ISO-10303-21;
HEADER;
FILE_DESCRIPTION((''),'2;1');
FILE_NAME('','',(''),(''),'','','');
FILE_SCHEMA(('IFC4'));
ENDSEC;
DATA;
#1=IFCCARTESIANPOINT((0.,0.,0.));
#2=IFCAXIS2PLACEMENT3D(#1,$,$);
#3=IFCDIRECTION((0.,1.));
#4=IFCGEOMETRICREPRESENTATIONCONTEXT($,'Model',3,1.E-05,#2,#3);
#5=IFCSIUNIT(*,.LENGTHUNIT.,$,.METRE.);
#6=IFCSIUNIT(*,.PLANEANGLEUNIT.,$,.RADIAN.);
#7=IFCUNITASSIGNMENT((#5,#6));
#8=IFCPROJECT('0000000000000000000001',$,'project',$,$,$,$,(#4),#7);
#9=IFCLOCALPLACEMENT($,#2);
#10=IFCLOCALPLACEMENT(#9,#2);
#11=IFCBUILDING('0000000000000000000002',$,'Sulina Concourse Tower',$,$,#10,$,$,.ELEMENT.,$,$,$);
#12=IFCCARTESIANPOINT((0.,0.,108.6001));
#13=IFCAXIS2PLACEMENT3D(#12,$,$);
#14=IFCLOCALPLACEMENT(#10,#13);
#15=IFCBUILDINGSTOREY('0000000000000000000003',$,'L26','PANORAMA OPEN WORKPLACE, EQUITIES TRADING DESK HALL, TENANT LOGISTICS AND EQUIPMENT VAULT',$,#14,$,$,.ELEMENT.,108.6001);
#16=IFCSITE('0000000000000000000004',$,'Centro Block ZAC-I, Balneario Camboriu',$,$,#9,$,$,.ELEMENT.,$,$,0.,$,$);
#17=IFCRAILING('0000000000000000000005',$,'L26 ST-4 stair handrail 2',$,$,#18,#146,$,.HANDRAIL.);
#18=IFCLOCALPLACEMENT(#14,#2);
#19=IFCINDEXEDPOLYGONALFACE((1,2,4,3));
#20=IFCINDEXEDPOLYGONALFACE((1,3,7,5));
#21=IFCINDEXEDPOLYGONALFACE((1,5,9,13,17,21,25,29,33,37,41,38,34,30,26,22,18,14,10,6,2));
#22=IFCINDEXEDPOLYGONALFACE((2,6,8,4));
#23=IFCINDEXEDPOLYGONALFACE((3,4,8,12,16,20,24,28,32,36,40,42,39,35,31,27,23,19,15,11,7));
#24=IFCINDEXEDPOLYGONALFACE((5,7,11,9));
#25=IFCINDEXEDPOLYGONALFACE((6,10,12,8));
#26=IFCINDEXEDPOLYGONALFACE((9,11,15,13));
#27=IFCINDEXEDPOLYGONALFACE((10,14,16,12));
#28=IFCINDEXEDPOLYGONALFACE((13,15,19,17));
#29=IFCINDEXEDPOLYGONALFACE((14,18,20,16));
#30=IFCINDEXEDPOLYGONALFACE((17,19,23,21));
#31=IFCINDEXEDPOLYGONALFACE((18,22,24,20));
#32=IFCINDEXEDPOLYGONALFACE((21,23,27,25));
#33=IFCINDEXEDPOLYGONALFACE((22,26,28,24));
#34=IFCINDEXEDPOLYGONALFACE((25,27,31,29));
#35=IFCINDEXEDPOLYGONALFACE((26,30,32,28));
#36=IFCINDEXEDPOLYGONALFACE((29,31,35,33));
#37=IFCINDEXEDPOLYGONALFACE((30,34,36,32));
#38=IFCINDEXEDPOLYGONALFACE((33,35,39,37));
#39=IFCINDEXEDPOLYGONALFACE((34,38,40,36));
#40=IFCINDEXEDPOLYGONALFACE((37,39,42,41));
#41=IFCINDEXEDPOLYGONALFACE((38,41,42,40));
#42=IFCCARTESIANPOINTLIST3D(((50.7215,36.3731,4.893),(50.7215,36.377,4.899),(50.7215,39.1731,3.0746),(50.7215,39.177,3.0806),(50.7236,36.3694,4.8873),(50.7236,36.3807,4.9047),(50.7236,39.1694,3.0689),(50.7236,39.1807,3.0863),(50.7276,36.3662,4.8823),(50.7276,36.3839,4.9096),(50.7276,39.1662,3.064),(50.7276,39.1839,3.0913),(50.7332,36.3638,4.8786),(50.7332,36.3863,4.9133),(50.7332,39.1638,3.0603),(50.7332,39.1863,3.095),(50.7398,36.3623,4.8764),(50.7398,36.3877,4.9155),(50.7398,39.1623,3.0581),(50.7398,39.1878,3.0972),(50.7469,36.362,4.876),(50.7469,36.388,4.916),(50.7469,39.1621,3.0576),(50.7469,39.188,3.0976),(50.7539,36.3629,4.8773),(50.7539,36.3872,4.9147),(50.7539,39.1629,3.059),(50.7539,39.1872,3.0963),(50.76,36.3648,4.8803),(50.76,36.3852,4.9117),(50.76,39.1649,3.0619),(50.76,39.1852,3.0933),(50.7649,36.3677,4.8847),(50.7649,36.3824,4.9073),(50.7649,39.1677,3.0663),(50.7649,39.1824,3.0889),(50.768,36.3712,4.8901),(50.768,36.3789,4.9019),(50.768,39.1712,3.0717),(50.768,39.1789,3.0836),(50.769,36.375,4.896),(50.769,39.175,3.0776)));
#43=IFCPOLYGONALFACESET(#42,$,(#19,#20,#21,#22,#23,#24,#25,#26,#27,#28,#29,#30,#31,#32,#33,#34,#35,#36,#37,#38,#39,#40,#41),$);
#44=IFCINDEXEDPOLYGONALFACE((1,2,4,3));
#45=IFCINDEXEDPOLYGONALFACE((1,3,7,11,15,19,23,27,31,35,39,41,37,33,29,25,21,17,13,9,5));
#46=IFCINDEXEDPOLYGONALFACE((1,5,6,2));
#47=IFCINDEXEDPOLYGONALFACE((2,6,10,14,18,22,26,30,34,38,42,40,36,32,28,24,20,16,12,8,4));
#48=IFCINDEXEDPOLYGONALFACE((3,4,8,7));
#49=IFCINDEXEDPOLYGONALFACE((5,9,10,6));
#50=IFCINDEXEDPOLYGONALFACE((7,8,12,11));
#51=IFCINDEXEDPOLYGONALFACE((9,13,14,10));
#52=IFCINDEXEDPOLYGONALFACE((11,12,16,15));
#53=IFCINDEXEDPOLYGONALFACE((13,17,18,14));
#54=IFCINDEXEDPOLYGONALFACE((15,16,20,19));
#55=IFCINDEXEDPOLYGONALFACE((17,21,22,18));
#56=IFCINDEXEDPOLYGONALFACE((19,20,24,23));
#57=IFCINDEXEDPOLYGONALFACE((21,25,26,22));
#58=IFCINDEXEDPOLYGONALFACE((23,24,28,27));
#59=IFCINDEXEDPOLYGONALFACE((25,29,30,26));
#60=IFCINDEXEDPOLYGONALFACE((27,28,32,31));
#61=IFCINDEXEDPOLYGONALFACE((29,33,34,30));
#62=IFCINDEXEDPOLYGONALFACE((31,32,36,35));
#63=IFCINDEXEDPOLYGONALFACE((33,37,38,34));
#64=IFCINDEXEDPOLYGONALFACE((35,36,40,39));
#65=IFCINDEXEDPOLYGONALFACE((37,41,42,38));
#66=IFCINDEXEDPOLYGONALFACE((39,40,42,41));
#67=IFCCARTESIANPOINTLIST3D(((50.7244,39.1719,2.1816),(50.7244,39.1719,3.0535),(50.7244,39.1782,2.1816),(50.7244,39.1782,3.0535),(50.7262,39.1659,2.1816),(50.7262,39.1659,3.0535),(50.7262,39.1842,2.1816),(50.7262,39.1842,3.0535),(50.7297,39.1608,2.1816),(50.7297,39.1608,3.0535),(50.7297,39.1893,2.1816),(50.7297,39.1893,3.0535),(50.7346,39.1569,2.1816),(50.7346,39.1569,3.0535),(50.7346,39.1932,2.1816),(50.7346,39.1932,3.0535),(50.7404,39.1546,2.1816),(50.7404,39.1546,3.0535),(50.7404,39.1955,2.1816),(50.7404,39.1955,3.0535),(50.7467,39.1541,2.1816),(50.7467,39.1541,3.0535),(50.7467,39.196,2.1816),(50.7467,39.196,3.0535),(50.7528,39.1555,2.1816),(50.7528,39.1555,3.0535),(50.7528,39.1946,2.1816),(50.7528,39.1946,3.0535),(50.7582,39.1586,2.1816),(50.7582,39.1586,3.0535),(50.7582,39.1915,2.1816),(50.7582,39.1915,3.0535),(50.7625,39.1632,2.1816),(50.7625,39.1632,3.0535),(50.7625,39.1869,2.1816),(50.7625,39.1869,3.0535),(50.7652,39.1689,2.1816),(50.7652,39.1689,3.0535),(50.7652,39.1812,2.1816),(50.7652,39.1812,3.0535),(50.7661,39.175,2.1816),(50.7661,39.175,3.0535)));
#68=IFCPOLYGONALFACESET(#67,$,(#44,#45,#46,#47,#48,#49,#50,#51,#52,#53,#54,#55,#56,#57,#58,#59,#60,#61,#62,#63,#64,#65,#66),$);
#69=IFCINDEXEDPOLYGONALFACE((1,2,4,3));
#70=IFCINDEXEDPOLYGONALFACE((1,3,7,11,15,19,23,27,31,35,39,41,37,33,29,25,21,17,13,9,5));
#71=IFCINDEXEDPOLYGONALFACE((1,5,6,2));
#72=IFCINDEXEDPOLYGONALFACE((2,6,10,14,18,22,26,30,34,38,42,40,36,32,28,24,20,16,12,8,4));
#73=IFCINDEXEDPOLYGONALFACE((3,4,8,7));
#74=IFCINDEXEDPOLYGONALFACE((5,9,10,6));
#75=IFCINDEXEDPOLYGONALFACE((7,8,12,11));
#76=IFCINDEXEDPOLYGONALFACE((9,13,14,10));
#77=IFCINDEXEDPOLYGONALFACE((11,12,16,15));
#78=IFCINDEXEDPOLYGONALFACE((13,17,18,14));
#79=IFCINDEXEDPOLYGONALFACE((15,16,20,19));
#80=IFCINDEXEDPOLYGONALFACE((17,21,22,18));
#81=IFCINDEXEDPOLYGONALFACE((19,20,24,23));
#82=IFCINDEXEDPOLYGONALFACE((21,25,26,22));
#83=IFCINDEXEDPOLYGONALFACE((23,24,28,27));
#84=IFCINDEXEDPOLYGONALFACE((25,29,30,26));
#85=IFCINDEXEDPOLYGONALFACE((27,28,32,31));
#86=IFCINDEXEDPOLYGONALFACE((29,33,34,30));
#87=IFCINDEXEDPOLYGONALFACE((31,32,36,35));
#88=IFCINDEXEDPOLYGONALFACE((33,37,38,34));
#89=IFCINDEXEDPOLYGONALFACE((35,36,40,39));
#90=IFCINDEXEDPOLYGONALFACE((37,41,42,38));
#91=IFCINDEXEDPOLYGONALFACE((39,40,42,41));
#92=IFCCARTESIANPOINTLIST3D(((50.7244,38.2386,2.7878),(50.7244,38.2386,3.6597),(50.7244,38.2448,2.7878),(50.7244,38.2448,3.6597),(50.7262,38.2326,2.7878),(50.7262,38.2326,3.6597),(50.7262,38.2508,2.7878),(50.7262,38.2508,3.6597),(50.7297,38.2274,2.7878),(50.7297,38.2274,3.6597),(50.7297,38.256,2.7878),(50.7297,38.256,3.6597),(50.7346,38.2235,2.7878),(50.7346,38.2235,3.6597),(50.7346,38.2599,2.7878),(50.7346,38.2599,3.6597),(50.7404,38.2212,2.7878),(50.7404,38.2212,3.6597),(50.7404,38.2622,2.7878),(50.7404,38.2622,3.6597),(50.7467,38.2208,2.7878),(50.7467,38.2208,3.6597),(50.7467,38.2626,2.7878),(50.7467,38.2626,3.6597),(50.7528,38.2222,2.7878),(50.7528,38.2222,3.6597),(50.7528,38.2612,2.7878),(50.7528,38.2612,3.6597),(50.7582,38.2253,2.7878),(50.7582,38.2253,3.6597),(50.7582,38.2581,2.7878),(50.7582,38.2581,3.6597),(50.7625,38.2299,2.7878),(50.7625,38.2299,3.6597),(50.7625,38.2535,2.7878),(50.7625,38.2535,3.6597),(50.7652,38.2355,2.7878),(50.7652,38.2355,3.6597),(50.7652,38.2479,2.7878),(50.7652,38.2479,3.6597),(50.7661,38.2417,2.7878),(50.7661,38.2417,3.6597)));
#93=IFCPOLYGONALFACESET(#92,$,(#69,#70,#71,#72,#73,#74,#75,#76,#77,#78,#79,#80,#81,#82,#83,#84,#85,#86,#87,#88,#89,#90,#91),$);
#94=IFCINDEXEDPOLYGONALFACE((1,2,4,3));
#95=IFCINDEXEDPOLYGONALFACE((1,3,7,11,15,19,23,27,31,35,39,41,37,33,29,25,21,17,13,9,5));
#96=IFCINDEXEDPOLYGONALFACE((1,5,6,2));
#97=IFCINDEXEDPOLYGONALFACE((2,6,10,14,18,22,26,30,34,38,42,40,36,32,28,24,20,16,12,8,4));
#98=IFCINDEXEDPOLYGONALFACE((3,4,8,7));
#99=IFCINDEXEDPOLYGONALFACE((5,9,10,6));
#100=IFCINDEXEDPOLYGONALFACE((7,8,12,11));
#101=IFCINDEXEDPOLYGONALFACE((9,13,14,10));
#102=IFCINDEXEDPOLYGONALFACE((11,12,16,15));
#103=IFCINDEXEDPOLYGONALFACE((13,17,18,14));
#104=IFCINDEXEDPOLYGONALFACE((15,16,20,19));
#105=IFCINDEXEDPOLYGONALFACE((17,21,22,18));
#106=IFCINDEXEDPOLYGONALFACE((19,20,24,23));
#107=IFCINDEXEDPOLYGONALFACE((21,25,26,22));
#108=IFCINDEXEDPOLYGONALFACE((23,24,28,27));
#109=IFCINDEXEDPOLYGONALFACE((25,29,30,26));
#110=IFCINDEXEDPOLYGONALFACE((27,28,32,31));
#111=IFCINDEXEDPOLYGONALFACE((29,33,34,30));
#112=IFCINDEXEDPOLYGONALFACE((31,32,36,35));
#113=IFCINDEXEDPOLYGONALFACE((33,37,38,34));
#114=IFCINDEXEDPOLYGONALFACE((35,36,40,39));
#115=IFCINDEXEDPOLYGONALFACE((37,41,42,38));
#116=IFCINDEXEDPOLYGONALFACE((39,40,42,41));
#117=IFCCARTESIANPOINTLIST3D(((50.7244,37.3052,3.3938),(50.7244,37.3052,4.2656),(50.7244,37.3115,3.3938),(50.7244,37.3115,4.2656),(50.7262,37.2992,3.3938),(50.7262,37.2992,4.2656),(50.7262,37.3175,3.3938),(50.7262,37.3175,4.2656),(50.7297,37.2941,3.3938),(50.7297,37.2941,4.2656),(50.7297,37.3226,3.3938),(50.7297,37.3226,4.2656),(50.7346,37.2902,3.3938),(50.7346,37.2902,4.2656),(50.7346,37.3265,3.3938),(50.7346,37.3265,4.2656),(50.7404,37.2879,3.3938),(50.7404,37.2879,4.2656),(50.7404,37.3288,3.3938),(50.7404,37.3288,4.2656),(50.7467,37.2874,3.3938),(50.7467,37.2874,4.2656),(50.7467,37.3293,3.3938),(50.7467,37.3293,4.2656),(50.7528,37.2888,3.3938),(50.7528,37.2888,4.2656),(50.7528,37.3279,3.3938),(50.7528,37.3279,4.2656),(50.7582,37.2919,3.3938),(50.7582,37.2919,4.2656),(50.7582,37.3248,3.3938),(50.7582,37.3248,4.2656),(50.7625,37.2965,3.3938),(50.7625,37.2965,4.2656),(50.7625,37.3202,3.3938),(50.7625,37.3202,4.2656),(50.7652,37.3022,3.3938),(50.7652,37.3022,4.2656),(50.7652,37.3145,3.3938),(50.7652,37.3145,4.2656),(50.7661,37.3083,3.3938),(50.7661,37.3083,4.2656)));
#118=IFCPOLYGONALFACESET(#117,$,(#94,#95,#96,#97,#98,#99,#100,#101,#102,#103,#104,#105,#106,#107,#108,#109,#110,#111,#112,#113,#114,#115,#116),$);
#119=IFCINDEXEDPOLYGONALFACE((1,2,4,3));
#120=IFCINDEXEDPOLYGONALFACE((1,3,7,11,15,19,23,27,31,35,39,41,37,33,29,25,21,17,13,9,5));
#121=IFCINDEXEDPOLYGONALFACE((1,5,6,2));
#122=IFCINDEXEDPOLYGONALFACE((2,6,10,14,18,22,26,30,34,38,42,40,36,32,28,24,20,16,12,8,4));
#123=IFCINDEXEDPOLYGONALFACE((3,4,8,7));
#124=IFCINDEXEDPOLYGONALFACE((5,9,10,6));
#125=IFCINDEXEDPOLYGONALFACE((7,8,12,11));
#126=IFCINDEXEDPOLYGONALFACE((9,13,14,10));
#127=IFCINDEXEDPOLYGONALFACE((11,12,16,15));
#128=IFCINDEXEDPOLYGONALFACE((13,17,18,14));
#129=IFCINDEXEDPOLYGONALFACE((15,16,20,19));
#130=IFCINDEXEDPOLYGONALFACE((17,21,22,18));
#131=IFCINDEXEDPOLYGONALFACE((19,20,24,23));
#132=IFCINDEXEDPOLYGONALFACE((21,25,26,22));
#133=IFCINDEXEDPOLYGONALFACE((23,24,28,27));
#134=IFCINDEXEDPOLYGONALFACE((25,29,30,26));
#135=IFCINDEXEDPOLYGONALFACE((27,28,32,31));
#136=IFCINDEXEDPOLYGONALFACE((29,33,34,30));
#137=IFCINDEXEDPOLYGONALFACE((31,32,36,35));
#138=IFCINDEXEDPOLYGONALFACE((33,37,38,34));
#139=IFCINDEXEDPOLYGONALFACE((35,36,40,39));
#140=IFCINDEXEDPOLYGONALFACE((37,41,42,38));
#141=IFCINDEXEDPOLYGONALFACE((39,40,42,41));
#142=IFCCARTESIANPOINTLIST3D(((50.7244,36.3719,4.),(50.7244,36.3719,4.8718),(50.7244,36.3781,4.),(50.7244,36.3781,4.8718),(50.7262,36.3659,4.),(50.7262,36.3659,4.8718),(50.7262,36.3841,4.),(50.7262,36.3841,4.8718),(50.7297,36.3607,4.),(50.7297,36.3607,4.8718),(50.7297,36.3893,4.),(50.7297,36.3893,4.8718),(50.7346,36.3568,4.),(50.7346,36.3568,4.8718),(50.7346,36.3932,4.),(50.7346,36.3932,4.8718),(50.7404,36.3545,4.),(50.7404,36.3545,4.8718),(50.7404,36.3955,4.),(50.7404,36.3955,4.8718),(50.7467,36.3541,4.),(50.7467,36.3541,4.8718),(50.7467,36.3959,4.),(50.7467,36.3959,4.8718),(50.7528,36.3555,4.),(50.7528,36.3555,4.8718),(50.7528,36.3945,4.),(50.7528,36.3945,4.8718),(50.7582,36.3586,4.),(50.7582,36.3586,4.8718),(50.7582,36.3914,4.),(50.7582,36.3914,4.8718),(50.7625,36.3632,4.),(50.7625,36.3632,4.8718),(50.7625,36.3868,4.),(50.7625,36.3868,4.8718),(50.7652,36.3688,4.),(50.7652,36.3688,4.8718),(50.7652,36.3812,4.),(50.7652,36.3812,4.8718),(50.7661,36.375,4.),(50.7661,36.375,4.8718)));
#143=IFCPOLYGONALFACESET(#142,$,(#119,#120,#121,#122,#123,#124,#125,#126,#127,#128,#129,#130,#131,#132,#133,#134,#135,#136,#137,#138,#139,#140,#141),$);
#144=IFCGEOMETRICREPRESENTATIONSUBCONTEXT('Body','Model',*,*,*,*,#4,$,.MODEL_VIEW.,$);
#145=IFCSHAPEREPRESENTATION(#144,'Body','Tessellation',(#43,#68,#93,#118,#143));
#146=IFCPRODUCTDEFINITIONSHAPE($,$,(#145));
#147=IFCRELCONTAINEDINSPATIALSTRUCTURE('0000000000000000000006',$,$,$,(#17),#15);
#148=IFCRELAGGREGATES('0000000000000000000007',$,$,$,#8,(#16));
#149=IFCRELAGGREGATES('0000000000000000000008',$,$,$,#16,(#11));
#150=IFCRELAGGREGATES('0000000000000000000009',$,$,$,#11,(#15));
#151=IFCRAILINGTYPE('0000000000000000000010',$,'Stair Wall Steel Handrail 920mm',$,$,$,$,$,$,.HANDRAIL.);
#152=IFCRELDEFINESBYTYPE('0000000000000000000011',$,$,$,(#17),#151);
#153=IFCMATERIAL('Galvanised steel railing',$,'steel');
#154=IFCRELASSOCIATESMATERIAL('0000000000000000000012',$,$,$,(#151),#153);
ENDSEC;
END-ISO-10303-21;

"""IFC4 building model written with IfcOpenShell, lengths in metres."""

from ifc_helpers import new_model, si_unit, direction, frame, origin, origin_2d, place, context, subcontext, project, spatial, circle, extrude, material, type_object, element, save


model = new_model("IFC4")

# Units and contexts
model_context = context("Model", 3, precision=1e-05, world=origin(), true_north=direction((0.0, 1.0)))
body_context = subcontext(model_context, "Body", "Model", "MODEL_VIEW")
ifc_project = project(units=[si_unit("LENGTHUNIT", "METRE"), si_unit("PLANEANGLEUNIT", "RADIAN")], contexts=[model_context])

# Site, building, storey
site_placement = place(None, origin())
site = spatial("IfcSite", under=ifc_project, at=site_placement, Name="Centro Block ZAC-I, Balneario Camboriu", CompositionType="ELEMENT", RefElevation=0.0)
building_placement = place(site_placement, origin())
building = spatial("IfcBuilding", under=site, at=building_placement, Name="Sulina Concourse Tower", CompositionType="ELEMENT")
storey_placement = place(building_placement, frame((0.0, 0.0, 108.6001)))
storey = spatial("IfcBuildingStorey", under=building, at=storey_placement, Name="L26", Description="PANORAMA OPEN WORKPLACE, EQUITIES TRADING DESK HALL, TENANT LOGISTICS AND EQUIPMENT VAULT", CompositionType="ELEMENT", Elevation=108.6001)

# Railing
ifc_material_1 = material(Name="Galvanised steel railing", Category="steel")
railing_type_1 = type_object("IfcRailingType", Name="Stair Wall Steel Handrail 920mm", PredefinedType="HANDRAIL", material=ifc_material_1)
railing_1_placement = place(storey_placement, frame((50.7451, 39.175, 2.1816)))
element("IfcRailing", 1, at=railing_1_placement, inside=storey, type_object=railing_type_1, Name="L26 ST-4 stair handrail 2", PredefinedType="HANDRAIL", context=body_context, shape_type="SweptSolid", body=[
    extrude(circle(Radius=0.0239, at=origin_2d()), frame((0.0, 0.0, 0.896), z_axis=(0.0, -0.838672, 0.544636), x_axis=(1.0, 0.0, 0.0)), (0.0, 0.0, 1.0), 3.3386),
    extrude(circle(Radius=0.021, at=origin_2d()), origin(), (0.0, 0.0, 1.0), 0.8718),
    extrude(circle(Radius=0.021, at=origin_2d()), frame((0.0, -0.9333, 0.6062)), (0.0, 0.0, 1.0), 0.8718),
    extrude(circle(Radius=0.021, at=origin_2d()), frame((0.0, -1.8667, 1.2122)), (0.0, 0.0, 1.0), 0.8718),
    extrude(circle(Radius=0.021, at=origin_2d()), frame((0.0, -2.8, 1.8184)), (0.0, 0.0, 1.0), 0.8718),
])

save(model, "model.ifc")
